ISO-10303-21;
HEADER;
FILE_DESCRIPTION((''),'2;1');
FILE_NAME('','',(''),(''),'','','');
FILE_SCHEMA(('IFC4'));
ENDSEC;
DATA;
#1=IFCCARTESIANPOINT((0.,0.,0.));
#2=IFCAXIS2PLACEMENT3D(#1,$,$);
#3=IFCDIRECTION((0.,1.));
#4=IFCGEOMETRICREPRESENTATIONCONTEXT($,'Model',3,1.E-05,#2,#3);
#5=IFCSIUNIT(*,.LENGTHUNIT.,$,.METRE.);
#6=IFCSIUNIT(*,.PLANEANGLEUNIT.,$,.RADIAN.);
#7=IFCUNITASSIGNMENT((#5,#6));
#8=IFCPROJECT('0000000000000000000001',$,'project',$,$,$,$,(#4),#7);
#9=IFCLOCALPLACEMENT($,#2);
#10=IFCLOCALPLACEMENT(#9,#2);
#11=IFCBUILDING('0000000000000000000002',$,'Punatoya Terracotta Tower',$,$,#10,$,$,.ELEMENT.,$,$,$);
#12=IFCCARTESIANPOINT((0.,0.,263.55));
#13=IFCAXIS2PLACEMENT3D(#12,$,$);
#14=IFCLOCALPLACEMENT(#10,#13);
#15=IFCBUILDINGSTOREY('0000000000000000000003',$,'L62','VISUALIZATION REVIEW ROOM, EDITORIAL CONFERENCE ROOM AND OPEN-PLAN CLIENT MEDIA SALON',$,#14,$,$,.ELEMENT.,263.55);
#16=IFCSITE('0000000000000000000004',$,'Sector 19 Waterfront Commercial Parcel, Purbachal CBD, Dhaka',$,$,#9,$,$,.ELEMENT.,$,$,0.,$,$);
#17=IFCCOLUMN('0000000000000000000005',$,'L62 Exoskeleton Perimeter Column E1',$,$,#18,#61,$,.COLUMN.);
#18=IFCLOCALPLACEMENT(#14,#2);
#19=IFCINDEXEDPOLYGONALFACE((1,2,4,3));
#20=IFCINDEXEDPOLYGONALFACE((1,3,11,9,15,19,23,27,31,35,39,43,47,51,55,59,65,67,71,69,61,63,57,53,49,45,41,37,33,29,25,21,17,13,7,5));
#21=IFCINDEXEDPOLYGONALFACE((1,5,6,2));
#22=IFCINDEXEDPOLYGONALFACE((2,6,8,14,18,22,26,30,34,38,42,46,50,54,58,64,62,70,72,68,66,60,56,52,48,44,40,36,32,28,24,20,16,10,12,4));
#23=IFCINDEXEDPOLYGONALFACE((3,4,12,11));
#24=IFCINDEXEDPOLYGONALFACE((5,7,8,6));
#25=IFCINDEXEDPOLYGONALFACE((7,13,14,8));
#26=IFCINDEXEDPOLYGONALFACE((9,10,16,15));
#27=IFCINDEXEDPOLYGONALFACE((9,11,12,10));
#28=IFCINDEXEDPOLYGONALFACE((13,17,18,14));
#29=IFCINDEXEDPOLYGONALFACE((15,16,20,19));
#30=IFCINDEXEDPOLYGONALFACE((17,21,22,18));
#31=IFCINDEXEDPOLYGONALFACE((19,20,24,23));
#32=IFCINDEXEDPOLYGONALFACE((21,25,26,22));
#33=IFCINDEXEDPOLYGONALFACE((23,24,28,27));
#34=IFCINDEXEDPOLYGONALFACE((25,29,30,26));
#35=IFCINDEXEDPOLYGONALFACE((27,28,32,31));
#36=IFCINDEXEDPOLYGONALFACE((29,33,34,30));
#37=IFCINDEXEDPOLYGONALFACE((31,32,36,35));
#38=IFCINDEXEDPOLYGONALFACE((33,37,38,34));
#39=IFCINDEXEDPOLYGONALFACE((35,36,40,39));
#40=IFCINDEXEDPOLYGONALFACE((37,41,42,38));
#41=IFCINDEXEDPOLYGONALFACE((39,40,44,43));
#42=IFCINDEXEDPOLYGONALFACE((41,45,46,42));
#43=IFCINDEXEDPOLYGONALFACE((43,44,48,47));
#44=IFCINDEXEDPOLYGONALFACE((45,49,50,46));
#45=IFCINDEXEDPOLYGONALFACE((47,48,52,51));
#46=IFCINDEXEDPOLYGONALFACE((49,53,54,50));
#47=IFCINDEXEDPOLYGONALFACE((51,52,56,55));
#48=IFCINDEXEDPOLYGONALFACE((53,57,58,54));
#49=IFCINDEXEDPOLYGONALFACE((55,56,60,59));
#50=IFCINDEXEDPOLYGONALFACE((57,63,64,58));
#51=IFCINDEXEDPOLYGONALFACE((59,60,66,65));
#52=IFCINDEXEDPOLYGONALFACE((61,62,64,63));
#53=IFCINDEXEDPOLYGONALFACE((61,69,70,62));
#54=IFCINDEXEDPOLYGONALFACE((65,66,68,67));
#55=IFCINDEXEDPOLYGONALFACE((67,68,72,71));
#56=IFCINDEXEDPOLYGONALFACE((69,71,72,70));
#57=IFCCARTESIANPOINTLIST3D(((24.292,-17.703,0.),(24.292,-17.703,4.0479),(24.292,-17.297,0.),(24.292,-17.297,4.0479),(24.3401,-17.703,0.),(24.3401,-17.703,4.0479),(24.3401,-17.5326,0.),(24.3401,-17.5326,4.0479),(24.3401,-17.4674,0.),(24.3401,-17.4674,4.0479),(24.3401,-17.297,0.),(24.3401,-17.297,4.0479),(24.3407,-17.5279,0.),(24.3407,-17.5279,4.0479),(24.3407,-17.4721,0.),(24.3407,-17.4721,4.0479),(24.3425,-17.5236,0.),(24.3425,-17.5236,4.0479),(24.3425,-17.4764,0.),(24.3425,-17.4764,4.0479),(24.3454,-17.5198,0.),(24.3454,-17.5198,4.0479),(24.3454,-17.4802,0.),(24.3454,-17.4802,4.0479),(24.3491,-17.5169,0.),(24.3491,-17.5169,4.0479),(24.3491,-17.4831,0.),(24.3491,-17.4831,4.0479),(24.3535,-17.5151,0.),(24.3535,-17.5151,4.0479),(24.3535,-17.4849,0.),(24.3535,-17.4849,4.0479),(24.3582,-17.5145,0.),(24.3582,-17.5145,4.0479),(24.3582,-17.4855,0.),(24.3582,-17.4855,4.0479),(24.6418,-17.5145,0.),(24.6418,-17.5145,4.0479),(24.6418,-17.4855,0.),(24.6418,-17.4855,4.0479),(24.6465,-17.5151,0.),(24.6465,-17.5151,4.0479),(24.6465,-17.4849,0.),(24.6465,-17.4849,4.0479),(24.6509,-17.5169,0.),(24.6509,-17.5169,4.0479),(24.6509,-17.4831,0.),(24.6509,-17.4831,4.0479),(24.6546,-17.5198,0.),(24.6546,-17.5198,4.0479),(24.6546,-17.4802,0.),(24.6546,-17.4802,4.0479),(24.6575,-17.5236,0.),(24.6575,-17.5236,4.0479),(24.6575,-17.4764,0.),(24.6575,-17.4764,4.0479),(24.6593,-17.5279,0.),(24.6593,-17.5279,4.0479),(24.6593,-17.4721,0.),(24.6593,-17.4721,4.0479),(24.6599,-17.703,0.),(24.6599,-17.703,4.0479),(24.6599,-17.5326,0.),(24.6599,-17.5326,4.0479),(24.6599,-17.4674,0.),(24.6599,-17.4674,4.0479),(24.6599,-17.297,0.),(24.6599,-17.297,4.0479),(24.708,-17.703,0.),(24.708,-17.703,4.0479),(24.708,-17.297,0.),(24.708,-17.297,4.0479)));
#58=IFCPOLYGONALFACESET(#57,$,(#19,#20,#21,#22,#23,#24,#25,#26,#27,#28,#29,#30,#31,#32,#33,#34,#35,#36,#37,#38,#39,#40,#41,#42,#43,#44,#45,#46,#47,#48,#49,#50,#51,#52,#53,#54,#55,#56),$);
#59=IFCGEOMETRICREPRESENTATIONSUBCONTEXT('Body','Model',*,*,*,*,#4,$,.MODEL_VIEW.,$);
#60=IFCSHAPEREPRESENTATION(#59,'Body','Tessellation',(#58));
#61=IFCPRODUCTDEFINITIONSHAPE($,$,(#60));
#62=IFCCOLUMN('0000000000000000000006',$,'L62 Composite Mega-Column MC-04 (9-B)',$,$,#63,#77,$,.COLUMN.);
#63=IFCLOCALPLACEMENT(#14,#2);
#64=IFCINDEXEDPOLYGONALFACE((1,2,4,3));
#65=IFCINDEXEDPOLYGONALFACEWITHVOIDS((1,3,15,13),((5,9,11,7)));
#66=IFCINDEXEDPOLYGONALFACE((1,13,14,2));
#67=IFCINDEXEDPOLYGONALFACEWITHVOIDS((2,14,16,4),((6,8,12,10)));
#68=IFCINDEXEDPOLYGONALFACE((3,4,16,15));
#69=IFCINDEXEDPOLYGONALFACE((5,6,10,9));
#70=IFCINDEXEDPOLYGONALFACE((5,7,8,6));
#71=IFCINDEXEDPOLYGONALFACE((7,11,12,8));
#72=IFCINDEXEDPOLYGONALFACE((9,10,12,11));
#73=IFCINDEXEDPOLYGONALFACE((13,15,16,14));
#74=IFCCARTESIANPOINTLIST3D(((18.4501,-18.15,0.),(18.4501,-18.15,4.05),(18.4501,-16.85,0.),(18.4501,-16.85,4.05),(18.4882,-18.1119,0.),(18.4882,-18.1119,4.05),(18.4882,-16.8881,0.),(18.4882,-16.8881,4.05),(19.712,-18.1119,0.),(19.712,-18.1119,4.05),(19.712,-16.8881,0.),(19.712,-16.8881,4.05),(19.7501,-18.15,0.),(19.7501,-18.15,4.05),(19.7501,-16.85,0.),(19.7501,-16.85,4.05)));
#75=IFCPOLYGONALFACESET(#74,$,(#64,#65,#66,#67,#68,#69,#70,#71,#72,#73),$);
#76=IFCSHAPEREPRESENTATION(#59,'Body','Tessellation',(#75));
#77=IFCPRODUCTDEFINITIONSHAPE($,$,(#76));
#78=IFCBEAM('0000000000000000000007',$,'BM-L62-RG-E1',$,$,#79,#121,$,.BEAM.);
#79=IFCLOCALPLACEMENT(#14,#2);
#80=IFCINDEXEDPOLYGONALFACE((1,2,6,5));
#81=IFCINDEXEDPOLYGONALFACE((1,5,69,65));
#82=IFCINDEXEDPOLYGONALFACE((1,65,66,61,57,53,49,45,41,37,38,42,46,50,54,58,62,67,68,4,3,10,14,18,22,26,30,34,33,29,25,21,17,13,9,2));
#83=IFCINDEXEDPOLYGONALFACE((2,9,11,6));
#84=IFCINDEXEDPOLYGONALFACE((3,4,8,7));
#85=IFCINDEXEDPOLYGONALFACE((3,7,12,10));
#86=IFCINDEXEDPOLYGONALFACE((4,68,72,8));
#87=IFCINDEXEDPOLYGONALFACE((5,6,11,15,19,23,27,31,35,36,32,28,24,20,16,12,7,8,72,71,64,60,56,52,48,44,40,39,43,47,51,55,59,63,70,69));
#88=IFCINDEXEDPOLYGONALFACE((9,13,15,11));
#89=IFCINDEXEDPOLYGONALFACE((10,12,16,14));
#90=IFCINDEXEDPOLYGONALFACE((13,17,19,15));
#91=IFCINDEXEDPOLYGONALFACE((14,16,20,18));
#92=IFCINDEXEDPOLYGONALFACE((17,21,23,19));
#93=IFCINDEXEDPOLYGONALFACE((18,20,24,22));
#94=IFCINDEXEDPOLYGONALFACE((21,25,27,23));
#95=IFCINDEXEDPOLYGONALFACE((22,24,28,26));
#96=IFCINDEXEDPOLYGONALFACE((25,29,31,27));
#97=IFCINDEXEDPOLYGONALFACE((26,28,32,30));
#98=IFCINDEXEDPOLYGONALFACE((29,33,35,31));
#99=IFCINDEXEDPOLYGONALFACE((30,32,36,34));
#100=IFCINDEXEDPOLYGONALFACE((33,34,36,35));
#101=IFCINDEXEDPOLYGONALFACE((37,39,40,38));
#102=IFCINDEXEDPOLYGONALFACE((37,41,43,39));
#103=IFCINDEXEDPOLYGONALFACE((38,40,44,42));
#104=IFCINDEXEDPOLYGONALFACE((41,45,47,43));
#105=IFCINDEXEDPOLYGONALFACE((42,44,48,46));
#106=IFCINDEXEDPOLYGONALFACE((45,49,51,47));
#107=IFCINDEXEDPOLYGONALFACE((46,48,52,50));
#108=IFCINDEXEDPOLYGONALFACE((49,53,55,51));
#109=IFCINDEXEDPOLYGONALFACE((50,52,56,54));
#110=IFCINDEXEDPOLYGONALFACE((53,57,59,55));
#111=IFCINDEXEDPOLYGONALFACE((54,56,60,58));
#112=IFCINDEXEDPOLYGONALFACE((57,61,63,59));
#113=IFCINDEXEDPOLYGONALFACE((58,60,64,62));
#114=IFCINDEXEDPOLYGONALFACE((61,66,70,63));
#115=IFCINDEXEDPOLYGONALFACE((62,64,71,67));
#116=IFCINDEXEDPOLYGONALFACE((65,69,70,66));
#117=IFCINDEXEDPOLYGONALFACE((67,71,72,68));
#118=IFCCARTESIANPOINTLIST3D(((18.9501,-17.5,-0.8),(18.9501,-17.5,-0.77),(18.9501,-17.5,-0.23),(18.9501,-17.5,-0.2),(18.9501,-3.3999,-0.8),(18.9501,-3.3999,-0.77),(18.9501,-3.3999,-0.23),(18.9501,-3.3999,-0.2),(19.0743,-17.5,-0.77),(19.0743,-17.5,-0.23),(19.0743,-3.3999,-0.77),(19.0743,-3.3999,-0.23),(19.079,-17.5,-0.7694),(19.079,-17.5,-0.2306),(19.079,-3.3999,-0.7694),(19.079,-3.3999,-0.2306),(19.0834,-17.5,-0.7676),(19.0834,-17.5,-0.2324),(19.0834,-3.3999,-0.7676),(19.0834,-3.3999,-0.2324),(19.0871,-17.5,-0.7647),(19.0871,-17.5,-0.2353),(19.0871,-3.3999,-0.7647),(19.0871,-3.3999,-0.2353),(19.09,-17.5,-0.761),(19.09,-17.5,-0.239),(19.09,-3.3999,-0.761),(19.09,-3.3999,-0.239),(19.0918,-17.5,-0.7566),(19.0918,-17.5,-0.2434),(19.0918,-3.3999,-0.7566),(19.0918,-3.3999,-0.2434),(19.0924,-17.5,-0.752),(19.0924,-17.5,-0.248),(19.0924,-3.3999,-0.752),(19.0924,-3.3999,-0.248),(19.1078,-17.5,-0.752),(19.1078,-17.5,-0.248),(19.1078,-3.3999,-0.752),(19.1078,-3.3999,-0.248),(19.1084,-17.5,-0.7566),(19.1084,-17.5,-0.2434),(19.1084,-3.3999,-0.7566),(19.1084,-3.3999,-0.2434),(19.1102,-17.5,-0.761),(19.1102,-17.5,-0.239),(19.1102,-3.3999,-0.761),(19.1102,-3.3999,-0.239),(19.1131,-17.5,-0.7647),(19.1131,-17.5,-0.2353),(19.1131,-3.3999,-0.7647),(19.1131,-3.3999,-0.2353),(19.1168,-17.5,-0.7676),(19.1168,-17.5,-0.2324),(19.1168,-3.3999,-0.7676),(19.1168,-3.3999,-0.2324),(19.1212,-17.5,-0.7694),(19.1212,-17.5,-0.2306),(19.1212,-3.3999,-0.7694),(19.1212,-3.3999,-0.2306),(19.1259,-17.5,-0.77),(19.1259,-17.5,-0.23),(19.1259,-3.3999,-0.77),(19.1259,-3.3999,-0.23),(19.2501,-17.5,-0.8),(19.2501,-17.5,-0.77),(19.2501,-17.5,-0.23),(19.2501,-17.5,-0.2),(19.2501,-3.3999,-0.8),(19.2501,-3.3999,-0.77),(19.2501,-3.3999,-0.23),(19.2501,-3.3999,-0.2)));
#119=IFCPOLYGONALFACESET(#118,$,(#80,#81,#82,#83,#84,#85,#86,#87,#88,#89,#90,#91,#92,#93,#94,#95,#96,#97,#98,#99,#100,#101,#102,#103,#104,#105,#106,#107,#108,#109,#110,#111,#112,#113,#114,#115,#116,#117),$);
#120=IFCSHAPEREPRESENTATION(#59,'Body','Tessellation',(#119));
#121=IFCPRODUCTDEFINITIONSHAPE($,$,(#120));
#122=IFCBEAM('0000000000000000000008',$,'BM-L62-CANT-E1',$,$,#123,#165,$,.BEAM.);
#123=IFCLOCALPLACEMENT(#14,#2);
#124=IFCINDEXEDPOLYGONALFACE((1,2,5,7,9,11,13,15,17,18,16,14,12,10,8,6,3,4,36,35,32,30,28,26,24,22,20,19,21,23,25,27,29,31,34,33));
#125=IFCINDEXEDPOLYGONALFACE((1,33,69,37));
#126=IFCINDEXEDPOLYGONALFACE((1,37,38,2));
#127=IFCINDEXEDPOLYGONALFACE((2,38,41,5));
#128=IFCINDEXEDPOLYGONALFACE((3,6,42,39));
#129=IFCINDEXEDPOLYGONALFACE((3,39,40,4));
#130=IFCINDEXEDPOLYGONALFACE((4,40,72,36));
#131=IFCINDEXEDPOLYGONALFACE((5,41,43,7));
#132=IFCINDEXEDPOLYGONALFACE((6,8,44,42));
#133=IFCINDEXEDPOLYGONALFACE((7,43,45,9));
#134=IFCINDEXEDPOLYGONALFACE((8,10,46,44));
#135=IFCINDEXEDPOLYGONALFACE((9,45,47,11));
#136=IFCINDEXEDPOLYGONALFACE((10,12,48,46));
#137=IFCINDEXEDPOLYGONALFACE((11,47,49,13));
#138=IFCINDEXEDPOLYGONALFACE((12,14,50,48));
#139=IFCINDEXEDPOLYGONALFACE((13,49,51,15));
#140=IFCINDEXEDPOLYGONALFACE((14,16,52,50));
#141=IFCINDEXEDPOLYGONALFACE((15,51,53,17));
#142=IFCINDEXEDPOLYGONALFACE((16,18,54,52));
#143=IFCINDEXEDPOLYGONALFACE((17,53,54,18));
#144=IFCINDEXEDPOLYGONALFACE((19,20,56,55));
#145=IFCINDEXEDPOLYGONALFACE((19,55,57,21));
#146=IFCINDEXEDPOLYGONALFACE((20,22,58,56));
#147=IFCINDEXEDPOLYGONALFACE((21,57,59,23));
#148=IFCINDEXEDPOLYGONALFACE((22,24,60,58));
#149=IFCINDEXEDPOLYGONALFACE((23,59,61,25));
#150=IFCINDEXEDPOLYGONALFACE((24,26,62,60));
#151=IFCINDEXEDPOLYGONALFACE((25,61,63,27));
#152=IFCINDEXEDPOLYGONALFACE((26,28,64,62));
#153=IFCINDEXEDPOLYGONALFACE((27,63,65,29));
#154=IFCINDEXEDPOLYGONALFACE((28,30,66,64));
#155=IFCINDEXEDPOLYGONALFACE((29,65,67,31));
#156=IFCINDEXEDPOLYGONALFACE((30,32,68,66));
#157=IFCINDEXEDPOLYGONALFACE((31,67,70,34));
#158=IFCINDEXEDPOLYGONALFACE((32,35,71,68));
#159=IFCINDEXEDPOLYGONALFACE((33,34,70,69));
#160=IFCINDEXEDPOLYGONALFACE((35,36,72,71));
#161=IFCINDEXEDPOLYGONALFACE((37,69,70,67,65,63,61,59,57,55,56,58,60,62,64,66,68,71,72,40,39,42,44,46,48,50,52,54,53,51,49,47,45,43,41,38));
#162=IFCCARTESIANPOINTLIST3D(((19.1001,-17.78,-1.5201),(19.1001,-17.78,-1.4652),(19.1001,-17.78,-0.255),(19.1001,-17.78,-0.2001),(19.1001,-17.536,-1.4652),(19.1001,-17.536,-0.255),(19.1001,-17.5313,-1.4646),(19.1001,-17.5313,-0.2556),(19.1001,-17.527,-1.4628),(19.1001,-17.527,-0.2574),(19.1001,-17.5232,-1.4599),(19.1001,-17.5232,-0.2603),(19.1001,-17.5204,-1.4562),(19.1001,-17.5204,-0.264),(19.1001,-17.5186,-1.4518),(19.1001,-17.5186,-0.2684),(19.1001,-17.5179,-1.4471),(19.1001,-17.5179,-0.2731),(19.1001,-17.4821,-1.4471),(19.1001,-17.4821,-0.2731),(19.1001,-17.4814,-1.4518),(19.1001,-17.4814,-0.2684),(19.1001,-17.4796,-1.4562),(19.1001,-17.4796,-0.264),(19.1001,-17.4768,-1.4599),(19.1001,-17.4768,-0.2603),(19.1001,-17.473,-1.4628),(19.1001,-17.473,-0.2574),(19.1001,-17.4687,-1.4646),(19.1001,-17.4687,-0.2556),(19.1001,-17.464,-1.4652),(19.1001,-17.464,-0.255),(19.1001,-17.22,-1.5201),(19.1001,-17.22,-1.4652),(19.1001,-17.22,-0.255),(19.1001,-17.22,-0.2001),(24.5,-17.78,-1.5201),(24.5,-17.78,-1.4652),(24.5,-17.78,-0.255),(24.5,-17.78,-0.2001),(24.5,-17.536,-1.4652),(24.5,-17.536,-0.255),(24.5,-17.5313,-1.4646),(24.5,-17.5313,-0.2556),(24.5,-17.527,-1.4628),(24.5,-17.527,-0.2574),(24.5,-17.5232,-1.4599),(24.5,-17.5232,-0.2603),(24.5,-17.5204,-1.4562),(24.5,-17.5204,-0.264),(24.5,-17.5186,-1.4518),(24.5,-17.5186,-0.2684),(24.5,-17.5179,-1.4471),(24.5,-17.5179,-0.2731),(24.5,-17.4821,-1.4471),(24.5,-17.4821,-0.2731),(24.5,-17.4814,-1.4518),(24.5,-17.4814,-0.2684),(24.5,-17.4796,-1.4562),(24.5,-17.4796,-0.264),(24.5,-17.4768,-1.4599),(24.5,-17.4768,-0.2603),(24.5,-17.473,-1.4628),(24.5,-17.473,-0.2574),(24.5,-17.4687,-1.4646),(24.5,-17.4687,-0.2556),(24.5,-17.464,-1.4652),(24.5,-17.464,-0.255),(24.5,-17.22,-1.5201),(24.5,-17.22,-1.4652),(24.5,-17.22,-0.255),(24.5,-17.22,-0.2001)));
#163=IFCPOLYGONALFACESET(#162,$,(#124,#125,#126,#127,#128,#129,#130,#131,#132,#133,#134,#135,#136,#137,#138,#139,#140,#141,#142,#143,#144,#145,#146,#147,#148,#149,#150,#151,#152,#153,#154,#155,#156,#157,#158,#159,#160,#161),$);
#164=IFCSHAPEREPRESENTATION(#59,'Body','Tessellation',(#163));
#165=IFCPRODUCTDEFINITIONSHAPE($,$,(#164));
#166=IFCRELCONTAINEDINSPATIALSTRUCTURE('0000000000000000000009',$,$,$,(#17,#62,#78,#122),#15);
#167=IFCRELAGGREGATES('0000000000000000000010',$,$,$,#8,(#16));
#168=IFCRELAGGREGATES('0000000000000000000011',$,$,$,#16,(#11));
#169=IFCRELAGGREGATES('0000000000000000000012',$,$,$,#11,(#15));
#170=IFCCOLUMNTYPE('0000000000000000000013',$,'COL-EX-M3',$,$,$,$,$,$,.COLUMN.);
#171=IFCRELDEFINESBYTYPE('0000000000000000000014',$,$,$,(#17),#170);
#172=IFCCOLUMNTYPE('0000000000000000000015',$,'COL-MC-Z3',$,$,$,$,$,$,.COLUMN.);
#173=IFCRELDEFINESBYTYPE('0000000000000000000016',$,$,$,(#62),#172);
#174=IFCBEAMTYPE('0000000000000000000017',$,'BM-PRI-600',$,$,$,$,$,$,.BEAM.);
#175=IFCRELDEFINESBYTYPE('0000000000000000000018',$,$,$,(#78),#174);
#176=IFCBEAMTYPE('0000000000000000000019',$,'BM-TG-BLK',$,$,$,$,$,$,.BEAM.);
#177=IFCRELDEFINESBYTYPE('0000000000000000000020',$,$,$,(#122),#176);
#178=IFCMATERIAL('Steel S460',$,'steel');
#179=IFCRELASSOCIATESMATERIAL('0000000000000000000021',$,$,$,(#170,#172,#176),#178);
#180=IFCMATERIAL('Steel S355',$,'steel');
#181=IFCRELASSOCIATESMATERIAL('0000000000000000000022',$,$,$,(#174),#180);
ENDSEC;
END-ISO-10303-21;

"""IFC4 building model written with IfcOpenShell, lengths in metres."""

from ifc_helpers import new_model, si_unit, direction, frame, origin, origin_2d, place, context, subcontext, project, spatial, hollow_rectangle, i_section, extrude, material, material_profile, profile_set, type_object, element, save


model = new_model("IFC4")

# Units and contexts
model_context = context("Model", 3, precision=1e-05, world=origin(), true_north=direction((0.0, 1.0)))
body_context = subcontext(model_context, "Body", "Model", "MODEL_VIEW")
ifc_project = project(units=[si_unit("LENGTHUNIT", "METRE"), si_unit("PLANEANGLEUNIT", "RADIAN")], contexts=[model_context])

# Site, building, storey
site_placement = place(None, origin())
site = spatial("IfcSite", under=ifc_project, at=site_placement, Name="Sector 19 Waterfront Commercial Parcel, Purbachal CBD, Dhaka", CompositionType="ELEMENT", RefElevation=0.0)
building_placement = place(site_placement, origin())
building = spatial("IfcBuilding", under=site, at=building_placement, Name="Punatoya Terracotta Tower", CompositionType="ELEMENT")
storey_placement = place(building_placement, frame((0.0, 0.0, 263.55)))
storey = spatial("IfcBuildingStorey", under=building, at=storey_placement, Name="L62", Description="VISUALIZATION REVIEW ROOM, EDITORIAL CONFERENCE ROOM AND OPEN-PLAN CLIENT MEDIA SALON", CompositionType="ELEMENT", Elevation=263.55)

# Columns
ifc_material_1 = material(Name="Steel S460", Category="steel")
ifc_material_profile_1 = material_profile(ifc_material_1, i_section(OverallWidth=0.406, OverallDepth=0.416, WebThickness=0.0291, FlangeThickness=0.0481, FilletRadius=0.0181, at=origin_2d()))
ifc_profile_set_1 = profile_set([ifc_material_profile_1], Name="Steel S460")
column_type_1 = type_object("IfcColumnType", Name="COL-EX-M3", PredefinedType="COLUMN", material=ifc_profile_set_1)
column_1_placement = place(storey_placement, frame((24.5, -17.5, 0.0), z_axis=(0.0, 0.0, 1.0), x_axis=(0.0, 1.0, 0.0)))
element("IfcColumn", 1, at=column_1_placement, inside=storey, type_object=column_type_1, Name="L62 Exoskeleton Perimeter Column E1", PredefinedType="COLUMN", context=body_context, shape_type="SweptSolid", body=[
    extrude(i_section(OverallWidth=0.406, OverallDepth=0.416, WebThickness=0.0291, FlangeThickness=0.0481, FilletRadius=0.0181, at=origin_2d()), origin(), (0.0, 0.0, 1.0), 4.0479),
])
ifc_material_profile_2 = material_profile(ifc_material_1, hollow_rectangle(XDim=1.3, YDim=1.3, WallThickness=0.0381, at=origin_2d()))
ifc_profile_set_2 = profile_set([ifc_material_profile_2], Name="Steel S460")
column_type_2 = type_object("IfcColumnType", Name="COL-MC-Z3", PredefinedType="COLUMN", material=ifc_profile_set_2)
column_2_placement = place(storey_placement, frame((19.1001, -17.5, 0.0), z_axis=(0.0, 0.0, 1.0), x_axis=(1.0, 0.0, 0.0)))
element("IfcColumn", 2, at=column_2_placement, inside=storey, type_object=column_type_2, Name="L62 Composite Mega-Column MC-04 (9-B)", PredefinedType="COLUMN", context=body_context, shape_type="SweptSolid", body=[
    extrude(hollow_rectangle(XDim=1.3, YDim=1.3, WallThickness=0.0381, at=origin_2d()), origin(), (0.0, 0.0, 1.0), 4.05),
])

# Beams
ifc_material_2 = material(Name="Steel S355", Category="steel")
ifc_material_profile_3 = material_profile(ifc_material_2, i_section(OverallWidth=0.3, OverallDepth=0.6001, WebThickness=0.0154, FlangeThickness=0.03, FilletRadius=0.0181, at=origin_2d()))
ifc_profile_set_3 = profile_set([ifc_material_profile_3], Name="Steel S355")
beam_type_1 = type_object("IfcBeamType", Name="BM-PRI-600", PredefinedType="BEAM", material=ifc_profile_set_3)
beam_1_placement = place(storey_placement, frame((19.1001, -17.5, -0.5), z_axis=(0.0, 1.0, 0.0), x_axis=(-1.0, 0.0, 0.0)))
element("IfcBeam", 3, at=beam_1_placement, inside=storey, type_object=beam_type_1, Name="BM-L62-RG-E1", PredefinedType="BEAM", context=body_context, shape_type="SweptSolid", body=[
    extrude(i_section(OverallWidth=0.3, OverallDepth=0.6001, WebThickness=0.0154, FlangeThickness=0.03, FilletRadius=0.0181, at=origin_2d()), origin(), (0.0, 0.0, 1.0), 14.1001),
])
ifc_material_profile_4 = material_profile(ifc_material_1, i_section(OverallWidth=0.5601, OverallDepth=1.3201, WebThickness=0.0359, FlangeThickness=0.0549, FilletRadius=0.0181, at=origin_2d()))
ifc_profile_set_4 = profile_set([ifc_material_profile_4], Name="Steel S460")
beam_type_2 = type_object("IfcBeamType", Name="BM-TG-BLK", PredefinedType="BEAM", material=ifc_profile_set_4)
beam_2_placement = place(storey_placement, frame((19.1001, -17.5, -0.8601), z_axis=(1.0, 0.0, 0.0), x_axis=(0.0, 1.0, 0.0)))
element("IfcBeam", 4, at=beam_2_placement, inside=storey, type_object=beam_type_2, Name="BM-L62-CANT-E1", PredefinedType="BEAM", context=body_context, shape_type="SweptSolid", body=[
    extrude(i_section(OverallWidth=0.5601, OverallDepth=1.3201, WebThickness=0.0359, FlangeThickness=0.0549, FilletRadius=0.0181, at=origin_2d()), origin(), (0.0, 0.0, 1.0), 5.3999),
])

save(model, "model.ifc")
